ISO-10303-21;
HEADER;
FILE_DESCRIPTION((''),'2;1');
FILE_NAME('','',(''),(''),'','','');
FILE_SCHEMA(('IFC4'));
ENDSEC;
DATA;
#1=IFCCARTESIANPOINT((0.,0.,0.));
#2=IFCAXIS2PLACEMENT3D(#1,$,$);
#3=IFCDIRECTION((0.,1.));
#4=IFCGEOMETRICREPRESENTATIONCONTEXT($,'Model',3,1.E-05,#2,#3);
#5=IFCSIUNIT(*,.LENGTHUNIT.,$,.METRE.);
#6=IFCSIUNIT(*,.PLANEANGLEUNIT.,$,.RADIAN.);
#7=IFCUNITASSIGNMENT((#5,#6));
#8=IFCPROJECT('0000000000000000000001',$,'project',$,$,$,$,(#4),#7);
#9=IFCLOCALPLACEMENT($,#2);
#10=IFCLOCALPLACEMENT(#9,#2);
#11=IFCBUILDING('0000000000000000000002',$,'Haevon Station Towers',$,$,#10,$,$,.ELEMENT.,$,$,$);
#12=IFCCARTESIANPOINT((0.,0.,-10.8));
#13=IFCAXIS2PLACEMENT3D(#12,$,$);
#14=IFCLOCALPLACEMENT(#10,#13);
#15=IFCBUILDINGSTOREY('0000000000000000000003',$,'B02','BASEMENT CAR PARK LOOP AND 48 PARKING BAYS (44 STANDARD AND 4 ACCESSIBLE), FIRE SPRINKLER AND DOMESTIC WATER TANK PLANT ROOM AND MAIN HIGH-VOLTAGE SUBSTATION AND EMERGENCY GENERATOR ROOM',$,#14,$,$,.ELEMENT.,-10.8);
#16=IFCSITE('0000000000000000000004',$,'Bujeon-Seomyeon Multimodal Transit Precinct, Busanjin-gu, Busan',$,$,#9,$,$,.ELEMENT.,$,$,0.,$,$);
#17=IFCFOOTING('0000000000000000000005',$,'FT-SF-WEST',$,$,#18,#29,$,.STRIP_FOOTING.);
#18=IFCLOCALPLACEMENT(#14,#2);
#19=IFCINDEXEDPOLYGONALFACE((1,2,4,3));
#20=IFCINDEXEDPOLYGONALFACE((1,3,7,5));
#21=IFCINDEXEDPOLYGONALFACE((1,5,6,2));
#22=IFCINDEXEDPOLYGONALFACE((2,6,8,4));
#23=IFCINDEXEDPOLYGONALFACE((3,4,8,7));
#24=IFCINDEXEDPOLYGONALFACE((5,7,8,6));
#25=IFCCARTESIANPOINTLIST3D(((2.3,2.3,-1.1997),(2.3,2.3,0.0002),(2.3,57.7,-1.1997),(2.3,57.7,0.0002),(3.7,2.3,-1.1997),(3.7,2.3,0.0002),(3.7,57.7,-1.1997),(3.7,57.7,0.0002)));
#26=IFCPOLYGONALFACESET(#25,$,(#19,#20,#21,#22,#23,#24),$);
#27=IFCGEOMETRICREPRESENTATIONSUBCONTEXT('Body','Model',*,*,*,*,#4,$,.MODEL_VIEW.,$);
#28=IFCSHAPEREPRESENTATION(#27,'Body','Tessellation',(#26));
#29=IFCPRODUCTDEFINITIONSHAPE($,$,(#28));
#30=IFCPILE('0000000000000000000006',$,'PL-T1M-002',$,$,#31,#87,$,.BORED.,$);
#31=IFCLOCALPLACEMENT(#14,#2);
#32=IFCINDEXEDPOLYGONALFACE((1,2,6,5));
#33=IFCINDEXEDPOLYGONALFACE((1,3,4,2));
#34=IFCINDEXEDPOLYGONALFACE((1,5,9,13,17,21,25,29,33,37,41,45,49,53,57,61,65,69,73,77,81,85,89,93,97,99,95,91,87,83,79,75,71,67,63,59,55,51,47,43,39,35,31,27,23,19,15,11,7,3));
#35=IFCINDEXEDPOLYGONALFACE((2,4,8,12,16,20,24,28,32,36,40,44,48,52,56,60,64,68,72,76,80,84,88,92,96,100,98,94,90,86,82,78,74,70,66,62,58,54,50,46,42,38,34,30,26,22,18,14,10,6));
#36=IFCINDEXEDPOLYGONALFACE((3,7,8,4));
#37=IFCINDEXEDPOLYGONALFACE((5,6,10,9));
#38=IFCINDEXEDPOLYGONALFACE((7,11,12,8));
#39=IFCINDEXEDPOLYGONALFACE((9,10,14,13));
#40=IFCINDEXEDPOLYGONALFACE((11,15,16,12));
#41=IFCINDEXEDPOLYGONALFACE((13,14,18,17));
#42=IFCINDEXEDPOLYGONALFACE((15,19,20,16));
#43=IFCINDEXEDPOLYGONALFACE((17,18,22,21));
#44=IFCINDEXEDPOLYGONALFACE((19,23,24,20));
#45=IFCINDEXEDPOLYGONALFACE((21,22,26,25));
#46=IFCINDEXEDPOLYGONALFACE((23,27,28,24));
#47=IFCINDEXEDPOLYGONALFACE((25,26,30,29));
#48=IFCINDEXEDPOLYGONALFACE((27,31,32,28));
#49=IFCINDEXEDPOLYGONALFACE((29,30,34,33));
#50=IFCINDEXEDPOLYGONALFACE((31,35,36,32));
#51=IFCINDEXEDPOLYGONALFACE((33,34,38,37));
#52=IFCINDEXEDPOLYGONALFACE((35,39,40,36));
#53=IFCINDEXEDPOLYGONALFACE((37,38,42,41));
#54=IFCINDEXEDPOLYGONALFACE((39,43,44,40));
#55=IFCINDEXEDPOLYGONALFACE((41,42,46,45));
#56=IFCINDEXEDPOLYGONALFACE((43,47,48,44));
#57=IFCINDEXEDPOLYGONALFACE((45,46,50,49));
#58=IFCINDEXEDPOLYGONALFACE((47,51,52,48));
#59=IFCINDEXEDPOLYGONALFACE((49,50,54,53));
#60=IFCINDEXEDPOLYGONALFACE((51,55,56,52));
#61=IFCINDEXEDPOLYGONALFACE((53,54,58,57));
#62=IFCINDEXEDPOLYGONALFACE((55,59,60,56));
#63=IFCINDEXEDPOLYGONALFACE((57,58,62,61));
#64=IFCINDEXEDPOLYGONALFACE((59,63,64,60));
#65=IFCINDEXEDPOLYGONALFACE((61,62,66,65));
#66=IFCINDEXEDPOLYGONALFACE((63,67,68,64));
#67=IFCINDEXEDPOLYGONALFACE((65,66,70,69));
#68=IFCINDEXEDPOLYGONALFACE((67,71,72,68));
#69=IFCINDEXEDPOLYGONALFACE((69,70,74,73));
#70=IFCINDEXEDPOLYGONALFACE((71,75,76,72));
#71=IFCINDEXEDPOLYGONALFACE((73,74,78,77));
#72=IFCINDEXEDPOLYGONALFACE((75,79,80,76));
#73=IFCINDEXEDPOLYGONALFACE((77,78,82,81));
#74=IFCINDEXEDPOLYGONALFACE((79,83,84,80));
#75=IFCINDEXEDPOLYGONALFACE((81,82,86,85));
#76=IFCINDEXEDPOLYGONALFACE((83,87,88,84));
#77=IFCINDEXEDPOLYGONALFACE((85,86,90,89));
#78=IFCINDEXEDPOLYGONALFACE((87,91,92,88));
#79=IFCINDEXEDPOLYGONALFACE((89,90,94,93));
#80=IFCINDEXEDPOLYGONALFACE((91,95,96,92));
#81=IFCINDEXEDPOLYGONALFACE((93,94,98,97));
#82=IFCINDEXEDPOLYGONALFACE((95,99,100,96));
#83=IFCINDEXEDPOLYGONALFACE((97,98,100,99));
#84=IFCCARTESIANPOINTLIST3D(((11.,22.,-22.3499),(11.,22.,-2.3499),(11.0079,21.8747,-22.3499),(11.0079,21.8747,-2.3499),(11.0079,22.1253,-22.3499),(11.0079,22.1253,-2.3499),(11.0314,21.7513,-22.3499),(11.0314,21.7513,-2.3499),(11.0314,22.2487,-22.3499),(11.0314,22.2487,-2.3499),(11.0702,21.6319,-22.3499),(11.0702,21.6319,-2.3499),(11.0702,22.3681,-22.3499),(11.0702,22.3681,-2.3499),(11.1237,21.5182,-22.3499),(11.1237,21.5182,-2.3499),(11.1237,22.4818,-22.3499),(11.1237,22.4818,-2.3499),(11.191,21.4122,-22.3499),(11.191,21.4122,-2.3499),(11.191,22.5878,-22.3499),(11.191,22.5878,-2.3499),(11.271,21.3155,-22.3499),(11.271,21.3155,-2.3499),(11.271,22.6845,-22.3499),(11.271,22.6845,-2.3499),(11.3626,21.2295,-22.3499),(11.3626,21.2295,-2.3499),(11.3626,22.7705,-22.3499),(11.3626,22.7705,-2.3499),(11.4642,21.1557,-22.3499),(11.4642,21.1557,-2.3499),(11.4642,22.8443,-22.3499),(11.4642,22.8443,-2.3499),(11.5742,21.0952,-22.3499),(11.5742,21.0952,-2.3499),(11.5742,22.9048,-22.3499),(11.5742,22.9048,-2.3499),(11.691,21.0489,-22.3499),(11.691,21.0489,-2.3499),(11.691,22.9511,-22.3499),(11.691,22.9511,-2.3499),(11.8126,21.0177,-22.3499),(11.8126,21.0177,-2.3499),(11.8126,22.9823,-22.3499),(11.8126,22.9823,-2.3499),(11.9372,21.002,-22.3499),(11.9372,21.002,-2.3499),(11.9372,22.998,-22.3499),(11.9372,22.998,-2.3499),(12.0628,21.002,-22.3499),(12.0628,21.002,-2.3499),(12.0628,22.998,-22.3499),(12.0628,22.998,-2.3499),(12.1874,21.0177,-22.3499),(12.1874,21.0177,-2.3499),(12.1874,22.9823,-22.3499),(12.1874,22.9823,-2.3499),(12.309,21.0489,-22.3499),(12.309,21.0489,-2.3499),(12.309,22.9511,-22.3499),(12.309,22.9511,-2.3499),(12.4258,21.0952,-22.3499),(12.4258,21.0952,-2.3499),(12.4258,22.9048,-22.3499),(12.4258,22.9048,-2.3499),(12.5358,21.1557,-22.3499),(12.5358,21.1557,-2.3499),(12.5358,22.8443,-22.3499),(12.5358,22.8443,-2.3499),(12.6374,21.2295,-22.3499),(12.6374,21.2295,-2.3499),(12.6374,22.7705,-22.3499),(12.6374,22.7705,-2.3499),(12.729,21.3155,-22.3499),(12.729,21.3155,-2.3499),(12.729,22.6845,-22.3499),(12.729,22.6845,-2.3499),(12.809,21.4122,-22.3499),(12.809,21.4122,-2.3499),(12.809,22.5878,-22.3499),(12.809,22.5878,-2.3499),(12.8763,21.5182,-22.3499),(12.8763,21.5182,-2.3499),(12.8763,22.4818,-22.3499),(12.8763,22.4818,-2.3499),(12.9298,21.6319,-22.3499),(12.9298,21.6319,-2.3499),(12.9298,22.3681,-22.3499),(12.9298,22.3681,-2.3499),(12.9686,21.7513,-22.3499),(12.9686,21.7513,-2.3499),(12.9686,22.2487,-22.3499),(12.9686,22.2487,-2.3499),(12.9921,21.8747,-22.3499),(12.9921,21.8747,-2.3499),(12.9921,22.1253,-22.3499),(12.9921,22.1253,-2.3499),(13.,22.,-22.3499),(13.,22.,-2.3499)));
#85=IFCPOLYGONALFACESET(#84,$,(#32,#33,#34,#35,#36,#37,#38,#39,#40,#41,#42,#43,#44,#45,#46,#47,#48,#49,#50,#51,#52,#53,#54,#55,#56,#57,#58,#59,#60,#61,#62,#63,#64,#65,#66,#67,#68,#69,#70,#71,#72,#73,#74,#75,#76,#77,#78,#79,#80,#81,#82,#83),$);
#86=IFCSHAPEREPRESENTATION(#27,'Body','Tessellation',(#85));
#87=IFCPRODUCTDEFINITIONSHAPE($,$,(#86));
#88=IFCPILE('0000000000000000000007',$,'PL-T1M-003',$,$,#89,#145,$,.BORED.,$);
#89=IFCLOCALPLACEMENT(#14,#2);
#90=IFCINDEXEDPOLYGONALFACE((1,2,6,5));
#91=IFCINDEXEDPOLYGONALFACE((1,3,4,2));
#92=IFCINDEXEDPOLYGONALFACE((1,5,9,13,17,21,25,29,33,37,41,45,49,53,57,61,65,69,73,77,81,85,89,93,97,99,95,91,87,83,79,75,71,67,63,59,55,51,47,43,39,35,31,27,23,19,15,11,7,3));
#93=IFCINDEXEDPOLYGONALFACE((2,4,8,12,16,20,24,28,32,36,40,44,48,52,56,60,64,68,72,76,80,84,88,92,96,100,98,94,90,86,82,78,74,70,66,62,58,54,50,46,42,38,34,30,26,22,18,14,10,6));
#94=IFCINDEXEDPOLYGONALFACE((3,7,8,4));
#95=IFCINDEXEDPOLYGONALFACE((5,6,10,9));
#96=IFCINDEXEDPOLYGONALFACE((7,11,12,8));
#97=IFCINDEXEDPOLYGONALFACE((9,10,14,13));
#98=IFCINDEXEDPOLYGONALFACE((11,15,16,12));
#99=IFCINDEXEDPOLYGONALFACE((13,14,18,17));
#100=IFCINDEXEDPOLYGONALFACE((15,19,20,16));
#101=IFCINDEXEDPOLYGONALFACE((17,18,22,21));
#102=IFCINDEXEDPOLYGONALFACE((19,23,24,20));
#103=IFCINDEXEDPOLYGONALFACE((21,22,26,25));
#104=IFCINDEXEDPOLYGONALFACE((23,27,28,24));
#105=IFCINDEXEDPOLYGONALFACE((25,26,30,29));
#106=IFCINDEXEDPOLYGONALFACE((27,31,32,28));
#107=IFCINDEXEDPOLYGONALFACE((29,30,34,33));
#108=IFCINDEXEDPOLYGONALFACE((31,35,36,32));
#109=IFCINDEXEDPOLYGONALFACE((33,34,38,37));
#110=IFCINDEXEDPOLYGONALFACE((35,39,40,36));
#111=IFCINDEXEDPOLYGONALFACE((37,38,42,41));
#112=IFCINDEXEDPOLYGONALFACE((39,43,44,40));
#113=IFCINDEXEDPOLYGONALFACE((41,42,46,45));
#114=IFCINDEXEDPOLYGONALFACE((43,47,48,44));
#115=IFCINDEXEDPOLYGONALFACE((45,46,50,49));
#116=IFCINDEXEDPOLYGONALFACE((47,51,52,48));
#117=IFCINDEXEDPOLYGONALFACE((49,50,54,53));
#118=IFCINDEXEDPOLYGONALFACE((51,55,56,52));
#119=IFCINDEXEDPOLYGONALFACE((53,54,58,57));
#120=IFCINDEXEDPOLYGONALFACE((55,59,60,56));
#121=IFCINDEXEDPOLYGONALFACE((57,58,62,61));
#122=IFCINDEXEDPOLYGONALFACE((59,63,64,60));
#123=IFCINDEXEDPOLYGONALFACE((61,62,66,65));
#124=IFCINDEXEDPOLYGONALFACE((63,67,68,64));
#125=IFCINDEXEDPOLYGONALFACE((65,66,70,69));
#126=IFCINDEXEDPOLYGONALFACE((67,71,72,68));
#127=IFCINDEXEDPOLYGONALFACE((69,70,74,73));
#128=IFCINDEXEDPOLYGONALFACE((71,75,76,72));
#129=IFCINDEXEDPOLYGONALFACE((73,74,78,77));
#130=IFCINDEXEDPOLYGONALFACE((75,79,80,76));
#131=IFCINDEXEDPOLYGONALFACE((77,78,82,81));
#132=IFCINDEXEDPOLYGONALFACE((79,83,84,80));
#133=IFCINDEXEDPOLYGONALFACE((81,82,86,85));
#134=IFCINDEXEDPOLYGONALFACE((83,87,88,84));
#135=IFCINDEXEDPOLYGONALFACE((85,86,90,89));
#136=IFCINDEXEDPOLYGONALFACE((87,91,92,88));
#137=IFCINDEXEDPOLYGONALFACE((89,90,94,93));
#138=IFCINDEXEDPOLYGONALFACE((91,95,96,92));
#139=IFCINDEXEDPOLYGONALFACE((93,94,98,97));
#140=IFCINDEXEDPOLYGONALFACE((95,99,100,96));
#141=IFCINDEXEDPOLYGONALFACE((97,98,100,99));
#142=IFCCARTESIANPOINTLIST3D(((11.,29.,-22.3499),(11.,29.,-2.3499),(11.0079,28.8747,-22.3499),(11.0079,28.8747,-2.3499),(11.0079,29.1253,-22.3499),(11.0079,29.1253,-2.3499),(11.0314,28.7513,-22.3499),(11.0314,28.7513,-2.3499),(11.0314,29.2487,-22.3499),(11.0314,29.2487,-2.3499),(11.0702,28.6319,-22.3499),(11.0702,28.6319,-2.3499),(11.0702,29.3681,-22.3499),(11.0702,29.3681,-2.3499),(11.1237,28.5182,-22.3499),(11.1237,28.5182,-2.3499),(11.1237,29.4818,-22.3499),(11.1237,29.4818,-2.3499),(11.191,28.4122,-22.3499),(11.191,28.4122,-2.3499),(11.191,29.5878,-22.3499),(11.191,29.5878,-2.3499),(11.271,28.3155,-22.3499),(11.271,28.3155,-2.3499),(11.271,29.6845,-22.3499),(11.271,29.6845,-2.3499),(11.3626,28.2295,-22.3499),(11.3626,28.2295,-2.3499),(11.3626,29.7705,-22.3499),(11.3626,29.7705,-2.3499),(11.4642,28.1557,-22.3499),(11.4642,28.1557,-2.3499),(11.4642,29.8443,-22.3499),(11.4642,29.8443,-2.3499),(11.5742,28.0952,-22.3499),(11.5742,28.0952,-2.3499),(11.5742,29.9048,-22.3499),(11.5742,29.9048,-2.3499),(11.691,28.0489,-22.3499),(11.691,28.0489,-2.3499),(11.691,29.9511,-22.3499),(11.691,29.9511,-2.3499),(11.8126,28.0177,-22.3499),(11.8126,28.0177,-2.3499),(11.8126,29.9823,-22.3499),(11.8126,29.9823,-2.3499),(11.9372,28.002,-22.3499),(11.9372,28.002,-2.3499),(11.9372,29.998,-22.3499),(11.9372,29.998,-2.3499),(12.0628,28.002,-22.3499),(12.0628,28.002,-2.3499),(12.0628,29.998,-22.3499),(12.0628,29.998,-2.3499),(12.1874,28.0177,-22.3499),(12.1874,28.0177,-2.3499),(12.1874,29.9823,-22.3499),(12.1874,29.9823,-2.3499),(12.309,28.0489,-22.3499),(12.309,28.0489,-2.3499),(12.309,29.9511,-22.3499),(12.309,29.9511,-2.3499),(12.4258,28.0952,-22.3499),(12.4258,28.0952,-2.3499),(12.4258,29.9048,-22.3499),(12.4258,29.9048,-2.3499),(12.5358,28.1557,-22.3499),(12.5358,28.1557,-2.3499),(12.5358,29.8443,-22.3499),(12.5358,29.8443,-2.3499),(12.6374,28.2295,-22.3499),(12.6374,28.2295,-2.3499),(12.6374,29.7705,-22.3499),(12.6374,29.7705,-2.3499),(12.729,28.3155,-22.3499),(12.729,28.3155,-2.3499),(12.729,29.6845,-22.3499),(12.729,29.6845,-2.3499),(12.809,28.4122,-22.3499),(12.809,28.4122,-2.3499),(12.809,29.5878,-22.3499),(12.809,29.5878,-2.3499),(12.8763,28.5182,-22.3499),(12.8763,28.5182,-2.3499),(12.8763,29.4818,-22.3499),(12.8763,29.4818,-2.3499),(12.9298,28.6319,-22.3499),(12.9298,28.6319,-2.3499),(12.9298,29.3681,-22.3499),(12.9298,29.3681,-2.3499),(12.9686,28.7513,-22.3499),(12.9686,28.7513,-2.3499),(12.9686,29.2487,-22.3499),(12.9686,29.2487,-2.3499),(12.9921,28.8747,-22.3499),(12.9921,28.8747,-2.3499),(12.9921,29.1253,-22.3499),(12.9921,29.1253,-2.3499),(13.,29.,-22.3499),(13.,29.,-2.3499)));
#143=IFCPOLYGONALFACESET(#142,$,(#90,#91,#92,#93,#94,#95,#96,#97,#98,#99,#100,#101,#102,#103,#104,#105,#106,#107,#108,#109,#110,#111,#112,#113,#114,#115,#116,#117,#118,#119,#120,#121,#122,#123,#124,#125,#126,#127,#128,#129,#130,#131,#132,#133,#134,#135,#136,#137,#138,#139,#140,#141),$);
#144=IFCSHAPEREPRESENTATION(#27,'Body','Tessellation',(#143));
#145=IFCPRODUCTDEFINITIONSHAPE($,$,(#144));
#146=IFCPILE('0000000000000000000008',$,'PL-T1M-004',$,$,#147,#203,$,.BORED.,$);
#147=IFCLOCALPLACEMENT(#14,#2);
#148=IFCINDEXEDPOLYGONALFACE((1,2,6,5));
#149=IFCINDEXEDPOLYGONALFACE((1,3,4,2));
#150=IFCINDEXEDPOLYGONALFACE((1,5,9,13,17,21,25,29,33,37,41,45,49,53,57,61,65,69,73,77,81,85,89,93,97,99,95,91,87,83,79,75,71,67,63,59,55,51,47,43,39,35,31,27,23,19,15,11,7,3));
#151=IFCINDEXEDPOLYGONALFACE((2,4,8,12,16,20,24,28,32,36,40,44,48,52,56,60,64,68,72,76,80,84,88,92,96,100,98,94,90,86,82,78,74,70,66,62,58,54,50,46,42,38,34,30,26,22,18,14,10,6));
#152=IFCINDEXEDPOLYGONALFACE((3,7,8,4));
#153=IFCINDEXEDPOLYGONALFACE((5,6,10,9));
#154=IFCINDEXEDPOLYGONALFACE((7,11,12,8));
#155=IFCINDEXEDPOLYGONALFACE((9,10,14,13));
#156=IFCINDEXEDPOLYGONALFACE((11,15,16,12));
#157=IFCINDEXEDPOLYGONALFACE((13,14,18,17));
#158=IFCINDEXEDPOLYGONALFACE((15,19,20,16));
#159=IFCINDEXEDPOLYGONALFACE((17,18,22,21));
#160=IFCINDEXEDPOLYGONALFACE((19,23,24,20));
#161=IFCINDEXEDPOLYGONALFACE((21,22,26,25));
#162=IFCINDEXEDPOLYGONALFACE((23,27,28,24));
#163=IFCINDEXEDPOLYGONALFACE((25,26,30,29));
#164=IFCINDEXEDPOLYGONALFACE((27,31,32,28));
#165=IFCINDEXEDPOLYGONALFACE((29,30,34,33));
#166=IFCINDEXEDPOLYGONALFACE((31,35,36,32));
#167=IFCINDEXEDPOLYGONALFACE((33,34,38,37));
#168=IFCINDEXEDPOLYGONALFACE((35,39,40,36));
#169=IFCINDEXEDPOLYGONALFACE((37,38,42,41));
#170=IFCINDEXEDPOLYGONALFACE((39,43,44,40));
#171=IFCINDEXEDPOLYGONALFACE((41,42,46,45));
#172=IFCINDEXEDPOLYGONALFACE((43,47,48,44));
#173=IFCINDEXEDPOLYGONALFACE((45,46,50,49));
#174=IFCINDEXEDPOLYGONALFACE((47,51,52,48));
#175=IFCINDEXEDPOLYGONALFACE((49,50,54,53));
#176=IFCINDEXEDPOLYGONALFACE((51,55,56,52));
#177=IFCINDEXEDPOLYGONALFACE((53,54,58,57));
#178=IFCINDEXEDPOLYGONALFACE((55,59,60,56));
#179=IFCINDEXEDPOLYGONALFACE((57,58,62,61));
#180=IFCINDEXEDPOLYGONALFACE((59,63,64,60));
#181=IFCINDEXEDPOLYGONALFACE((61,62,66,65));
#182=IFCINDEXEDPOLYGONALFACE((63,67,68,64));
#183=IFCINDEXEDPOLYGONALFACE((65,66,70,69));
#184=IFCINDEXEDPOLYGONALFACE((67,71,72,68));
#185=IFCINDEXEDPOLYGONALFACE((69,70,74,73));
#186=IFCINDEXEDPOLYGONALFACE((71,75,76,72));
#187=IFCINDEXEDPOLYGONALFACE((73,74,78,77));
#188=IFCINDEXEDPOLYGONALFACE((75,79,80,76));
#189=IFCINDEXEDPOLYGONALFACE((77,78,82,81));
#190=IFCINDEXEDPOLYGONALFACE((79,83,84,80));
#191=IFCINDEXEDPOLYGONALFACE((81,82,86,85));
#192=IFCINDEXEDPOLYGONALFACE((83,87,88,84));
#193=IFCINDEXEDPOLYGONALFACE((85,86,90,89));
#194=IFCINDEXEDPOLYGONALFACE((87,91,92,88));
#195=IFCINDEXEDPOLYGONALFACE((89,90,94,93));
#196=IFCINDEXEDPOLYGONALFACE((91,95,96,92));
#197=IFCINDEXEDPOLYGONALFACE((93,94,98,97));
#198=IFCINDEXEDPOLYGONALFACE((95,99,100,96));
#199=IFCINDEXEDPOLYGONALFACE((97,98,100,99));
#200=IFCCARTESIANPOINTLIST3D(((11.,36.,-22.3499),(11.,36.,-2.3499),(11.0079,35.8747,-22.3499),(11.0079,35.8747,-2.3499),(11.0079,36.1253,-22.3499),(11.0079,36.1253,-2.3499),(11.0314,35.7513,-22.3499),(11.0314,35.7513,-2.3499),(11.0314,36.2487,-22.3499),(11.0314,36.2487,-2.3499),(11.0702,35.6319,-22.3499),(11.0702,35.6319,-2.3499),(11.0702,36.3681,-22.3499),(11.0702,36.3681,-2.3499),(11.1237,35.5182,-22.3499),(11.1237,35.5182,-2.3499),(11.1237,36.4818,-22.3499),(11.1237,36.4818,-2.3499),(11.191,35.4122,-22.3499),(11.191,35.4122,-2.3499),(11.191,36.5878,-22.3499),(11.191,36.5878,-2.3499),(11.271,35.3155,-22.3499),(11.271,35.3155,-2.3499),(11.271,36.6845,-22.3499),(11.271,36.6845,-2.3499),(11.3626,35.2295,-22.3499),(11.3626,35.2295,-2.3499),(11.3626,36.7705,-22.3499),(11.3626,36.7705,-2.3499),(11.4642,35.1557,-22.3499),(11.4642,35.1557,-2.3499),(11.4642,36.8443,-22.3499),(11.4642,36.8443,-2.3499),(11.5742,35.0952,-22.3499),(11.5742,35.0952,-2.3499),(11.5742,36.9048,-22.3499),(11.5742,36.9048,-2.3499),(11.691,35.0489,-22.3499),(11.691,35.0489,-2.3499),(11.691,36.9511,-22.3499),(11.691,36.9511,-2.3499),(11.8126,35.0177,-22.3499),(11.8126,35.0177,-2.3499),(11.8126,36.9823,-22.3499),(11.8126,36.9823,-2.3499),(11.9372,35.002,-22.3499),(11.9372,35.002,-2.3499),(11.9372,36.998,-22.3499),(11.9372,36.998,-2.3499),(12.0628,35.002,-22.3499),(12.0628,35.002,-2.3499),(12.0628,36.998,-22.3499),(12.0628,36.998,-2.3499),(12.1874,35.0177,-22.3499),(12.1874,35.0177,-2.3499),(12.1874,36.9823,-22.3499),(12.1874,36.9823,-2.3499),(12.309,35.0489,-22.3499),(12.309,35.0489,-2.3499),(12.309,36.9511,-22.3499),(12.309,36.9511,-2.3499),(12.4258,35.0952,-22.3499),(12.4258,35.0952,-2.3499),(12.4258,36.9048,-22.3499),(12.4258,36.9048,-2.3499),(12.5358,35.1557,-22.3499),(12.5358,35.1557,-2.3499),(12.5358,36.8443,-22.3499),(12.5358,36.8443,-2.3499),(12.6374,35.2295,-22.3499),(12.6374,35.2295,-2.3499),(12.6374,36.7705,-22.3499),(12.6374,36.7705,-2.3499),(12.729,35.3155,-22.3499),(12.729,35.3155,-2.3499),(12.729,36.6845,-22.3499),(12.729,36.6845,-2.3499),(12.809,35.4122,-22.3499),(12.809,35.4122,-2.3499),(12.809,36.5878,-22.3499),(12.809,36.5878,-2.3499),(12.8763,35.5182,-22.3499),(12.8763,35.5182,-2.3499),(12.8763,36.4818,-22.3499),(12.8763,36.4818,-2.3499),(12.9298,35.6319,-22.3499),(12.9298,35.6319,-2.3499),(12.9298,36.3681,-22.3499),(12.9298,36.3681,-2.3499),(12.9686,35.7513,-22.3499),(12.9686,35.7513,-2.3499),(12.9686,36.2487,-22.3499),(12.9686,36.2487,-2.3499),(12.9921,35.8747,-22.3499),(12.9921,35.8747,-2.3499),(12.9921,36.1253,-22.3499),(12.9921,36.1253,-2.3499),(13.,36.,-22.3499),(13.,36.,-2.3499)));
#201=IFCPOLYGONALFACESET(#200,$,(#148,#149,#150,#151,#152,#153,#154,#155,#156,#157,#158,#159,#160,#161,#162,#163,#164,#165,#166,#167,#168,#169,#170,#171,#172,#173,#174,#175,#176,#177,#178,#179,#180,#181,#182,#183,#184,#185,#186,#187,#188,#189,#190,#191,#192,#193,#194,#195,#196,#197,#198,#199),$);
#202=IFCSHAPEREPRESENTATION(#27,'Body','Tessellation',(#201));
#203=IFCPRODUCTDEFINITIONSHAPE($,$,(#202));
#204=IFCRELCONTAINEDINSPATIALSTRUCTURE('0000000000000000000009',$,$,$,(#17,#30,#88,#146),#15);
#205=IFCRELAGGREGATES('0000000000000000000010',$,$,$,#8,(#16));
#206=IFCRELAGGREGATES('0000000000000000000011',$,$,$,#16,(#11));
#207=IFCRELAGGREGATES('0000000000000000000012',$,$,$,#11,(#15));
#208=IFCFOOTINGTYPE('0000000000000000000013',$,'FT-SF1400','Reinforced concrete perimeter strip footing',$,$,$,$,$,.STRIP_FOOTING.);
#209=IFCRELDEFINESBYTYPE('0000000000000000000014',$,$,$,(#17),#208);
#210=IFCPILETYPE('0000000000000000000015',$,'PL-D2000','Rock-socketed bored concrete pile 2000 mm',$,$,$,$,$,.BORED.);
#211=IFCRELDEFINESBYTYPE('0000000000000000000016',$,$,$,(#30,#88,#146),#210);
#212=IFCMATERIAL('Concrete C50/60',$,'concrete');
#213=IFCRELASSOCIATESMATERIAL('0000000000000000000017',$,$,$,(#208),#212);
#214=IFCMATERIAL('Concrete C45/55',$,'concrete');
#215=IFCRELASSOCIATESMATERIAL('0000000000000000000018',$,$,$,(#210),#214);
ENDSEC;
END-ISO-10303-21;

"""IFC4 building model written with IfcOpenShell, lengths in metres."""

from ifc_helpers import new_model, si_unit, direction, frame, origin, origin_2d, place, context, subcontext, project, spatial, rectangle, circle, extrude, material, material_profile, profile_set, type_object, element, save


model = new_model("IFC4")

# Units and contexts
model_context = context("Model", 3, precision=1e-05, world=origin(), true_north=direction((0.0, 1.0)))
body_context = subcontext(model_context, "Body", "Model", "MODEL_VIEW")
ifc_project = project(units=[si_unit("LENGTHUNIT", "METRE"), si_unit("PLANEANGLEUNIT", "RADIAN")], contexts=[model_context])

# Site, building, storey
site_placement = place(None, origin())
site = spatial("IfcSite", under=ifc_project, at=site_placement, Name="Bujeon-Seomyeon Multimodal Transit Precinct, Busanjin-gu, Busan", CompositionType="ELEMENT", RefElevation=0.0)
building_placement = place(site_placement, origin())
building = spatial("IfcBuilding", under=site, at=building_placement, Name="Haevon Station Towers", CompositionType="ELEMENT")
storey_placement = place(building_placement, frame((0.0, 0.0, -10.8)))
storey = spatial("IfcBuildingStorey", under=building, at=storey_placement, Name="B02", Description="BASEMENT CAR PARK LOOP AND 48 PARKING BAYS (44 STANDARD AND 4 ACCESSIBLE), FIRE SPRINKLER AND DOMESTIC WATER TANK PLANT ROOM AND MAIN HIGH-VOLTAGE SUBSTATION AND EMERGENCY GENERATOR ROOM", CompositionType="ELEMENT", Elevation=-10.8)

# Footing
ifc_material_1 = material(Name="Concrete C50/60", Category="concrete")
footing_type = type_object("IfcFootingType", Name="FT-SF1400", Description="Reinforced concrete perimeter strip footing", PredefinedType="STRIP_FOOTING", material=ifc_material_1)
footing_placement = place(storey_placement, frame((3.0, 30.0, -1.1997), z_axis=(0.0, 0.0, 1.0), x_axis=(0.0, 1.0, 0.0)))
element("IfcFooting", 1, at=footing_placement, inside=storey, type_object=footing_type, Name="FT-SF-WEST", PredefinedType="STRIP_FOOTING", context=body_context, shape_type="SweptSolid", body=[
    extrude(rectangle(XDim=55.3999, YDim=1.3999, at=origin_2d()), origin(), (0.0, 0.0, 1.0), 1.2),
])

# Piles
ifc_material_2 = material(Name="Concrete C45/55", Category="concrete")
ifc_material_profile_1 = material_profile(ifc_material_2, circle(Radius=1.0, at=origin_2d()), Name="PILE-D2000")
ifc_profile_set_1 = profile_set([ifc_material_profile_1], Name="Concrete C45/55")
pile_type = type_object("IfcPileType", Name="PL-D2000", Description="Rock-socketed bored concrete pile 2000 mm", PredefinedType="BORED", material=ifc_profile_set_1)
for number, where, z_axis, x_axis, name in (
    (2, (12.0, 22.0, -2.3499), (0.0, 0.0, -1.0), (1.0, 0.0, 0.0), "PL-T1M-002"),
    (3, (12.0, 29.0, -2.3499), (0.0, 0.0, -1.0), (1.0, 0.0, 0.0), "PL-T1M-003"),
    (4, (12.0, 36.0, -2.3499), (0.0, 0.0, -1.0), (1.0, 0.0, 0.0), "PL-T1M-004"),
):
    element("IfcPile", number, at=place(storey_placement, frame(where, z_axis=z_axis, x_axis=x_axis)), inside=storey, type_object=pile_type, Name=name, PredefinedType="BORED", context=body_context, shape_type="SweptSolid", body=[
        extrude(circle(Radius=1.0, at=origin_2d()), origin(), (0.0, 0.0, 1.0), 20.0),
    ])

save(model, "model.ifc")
